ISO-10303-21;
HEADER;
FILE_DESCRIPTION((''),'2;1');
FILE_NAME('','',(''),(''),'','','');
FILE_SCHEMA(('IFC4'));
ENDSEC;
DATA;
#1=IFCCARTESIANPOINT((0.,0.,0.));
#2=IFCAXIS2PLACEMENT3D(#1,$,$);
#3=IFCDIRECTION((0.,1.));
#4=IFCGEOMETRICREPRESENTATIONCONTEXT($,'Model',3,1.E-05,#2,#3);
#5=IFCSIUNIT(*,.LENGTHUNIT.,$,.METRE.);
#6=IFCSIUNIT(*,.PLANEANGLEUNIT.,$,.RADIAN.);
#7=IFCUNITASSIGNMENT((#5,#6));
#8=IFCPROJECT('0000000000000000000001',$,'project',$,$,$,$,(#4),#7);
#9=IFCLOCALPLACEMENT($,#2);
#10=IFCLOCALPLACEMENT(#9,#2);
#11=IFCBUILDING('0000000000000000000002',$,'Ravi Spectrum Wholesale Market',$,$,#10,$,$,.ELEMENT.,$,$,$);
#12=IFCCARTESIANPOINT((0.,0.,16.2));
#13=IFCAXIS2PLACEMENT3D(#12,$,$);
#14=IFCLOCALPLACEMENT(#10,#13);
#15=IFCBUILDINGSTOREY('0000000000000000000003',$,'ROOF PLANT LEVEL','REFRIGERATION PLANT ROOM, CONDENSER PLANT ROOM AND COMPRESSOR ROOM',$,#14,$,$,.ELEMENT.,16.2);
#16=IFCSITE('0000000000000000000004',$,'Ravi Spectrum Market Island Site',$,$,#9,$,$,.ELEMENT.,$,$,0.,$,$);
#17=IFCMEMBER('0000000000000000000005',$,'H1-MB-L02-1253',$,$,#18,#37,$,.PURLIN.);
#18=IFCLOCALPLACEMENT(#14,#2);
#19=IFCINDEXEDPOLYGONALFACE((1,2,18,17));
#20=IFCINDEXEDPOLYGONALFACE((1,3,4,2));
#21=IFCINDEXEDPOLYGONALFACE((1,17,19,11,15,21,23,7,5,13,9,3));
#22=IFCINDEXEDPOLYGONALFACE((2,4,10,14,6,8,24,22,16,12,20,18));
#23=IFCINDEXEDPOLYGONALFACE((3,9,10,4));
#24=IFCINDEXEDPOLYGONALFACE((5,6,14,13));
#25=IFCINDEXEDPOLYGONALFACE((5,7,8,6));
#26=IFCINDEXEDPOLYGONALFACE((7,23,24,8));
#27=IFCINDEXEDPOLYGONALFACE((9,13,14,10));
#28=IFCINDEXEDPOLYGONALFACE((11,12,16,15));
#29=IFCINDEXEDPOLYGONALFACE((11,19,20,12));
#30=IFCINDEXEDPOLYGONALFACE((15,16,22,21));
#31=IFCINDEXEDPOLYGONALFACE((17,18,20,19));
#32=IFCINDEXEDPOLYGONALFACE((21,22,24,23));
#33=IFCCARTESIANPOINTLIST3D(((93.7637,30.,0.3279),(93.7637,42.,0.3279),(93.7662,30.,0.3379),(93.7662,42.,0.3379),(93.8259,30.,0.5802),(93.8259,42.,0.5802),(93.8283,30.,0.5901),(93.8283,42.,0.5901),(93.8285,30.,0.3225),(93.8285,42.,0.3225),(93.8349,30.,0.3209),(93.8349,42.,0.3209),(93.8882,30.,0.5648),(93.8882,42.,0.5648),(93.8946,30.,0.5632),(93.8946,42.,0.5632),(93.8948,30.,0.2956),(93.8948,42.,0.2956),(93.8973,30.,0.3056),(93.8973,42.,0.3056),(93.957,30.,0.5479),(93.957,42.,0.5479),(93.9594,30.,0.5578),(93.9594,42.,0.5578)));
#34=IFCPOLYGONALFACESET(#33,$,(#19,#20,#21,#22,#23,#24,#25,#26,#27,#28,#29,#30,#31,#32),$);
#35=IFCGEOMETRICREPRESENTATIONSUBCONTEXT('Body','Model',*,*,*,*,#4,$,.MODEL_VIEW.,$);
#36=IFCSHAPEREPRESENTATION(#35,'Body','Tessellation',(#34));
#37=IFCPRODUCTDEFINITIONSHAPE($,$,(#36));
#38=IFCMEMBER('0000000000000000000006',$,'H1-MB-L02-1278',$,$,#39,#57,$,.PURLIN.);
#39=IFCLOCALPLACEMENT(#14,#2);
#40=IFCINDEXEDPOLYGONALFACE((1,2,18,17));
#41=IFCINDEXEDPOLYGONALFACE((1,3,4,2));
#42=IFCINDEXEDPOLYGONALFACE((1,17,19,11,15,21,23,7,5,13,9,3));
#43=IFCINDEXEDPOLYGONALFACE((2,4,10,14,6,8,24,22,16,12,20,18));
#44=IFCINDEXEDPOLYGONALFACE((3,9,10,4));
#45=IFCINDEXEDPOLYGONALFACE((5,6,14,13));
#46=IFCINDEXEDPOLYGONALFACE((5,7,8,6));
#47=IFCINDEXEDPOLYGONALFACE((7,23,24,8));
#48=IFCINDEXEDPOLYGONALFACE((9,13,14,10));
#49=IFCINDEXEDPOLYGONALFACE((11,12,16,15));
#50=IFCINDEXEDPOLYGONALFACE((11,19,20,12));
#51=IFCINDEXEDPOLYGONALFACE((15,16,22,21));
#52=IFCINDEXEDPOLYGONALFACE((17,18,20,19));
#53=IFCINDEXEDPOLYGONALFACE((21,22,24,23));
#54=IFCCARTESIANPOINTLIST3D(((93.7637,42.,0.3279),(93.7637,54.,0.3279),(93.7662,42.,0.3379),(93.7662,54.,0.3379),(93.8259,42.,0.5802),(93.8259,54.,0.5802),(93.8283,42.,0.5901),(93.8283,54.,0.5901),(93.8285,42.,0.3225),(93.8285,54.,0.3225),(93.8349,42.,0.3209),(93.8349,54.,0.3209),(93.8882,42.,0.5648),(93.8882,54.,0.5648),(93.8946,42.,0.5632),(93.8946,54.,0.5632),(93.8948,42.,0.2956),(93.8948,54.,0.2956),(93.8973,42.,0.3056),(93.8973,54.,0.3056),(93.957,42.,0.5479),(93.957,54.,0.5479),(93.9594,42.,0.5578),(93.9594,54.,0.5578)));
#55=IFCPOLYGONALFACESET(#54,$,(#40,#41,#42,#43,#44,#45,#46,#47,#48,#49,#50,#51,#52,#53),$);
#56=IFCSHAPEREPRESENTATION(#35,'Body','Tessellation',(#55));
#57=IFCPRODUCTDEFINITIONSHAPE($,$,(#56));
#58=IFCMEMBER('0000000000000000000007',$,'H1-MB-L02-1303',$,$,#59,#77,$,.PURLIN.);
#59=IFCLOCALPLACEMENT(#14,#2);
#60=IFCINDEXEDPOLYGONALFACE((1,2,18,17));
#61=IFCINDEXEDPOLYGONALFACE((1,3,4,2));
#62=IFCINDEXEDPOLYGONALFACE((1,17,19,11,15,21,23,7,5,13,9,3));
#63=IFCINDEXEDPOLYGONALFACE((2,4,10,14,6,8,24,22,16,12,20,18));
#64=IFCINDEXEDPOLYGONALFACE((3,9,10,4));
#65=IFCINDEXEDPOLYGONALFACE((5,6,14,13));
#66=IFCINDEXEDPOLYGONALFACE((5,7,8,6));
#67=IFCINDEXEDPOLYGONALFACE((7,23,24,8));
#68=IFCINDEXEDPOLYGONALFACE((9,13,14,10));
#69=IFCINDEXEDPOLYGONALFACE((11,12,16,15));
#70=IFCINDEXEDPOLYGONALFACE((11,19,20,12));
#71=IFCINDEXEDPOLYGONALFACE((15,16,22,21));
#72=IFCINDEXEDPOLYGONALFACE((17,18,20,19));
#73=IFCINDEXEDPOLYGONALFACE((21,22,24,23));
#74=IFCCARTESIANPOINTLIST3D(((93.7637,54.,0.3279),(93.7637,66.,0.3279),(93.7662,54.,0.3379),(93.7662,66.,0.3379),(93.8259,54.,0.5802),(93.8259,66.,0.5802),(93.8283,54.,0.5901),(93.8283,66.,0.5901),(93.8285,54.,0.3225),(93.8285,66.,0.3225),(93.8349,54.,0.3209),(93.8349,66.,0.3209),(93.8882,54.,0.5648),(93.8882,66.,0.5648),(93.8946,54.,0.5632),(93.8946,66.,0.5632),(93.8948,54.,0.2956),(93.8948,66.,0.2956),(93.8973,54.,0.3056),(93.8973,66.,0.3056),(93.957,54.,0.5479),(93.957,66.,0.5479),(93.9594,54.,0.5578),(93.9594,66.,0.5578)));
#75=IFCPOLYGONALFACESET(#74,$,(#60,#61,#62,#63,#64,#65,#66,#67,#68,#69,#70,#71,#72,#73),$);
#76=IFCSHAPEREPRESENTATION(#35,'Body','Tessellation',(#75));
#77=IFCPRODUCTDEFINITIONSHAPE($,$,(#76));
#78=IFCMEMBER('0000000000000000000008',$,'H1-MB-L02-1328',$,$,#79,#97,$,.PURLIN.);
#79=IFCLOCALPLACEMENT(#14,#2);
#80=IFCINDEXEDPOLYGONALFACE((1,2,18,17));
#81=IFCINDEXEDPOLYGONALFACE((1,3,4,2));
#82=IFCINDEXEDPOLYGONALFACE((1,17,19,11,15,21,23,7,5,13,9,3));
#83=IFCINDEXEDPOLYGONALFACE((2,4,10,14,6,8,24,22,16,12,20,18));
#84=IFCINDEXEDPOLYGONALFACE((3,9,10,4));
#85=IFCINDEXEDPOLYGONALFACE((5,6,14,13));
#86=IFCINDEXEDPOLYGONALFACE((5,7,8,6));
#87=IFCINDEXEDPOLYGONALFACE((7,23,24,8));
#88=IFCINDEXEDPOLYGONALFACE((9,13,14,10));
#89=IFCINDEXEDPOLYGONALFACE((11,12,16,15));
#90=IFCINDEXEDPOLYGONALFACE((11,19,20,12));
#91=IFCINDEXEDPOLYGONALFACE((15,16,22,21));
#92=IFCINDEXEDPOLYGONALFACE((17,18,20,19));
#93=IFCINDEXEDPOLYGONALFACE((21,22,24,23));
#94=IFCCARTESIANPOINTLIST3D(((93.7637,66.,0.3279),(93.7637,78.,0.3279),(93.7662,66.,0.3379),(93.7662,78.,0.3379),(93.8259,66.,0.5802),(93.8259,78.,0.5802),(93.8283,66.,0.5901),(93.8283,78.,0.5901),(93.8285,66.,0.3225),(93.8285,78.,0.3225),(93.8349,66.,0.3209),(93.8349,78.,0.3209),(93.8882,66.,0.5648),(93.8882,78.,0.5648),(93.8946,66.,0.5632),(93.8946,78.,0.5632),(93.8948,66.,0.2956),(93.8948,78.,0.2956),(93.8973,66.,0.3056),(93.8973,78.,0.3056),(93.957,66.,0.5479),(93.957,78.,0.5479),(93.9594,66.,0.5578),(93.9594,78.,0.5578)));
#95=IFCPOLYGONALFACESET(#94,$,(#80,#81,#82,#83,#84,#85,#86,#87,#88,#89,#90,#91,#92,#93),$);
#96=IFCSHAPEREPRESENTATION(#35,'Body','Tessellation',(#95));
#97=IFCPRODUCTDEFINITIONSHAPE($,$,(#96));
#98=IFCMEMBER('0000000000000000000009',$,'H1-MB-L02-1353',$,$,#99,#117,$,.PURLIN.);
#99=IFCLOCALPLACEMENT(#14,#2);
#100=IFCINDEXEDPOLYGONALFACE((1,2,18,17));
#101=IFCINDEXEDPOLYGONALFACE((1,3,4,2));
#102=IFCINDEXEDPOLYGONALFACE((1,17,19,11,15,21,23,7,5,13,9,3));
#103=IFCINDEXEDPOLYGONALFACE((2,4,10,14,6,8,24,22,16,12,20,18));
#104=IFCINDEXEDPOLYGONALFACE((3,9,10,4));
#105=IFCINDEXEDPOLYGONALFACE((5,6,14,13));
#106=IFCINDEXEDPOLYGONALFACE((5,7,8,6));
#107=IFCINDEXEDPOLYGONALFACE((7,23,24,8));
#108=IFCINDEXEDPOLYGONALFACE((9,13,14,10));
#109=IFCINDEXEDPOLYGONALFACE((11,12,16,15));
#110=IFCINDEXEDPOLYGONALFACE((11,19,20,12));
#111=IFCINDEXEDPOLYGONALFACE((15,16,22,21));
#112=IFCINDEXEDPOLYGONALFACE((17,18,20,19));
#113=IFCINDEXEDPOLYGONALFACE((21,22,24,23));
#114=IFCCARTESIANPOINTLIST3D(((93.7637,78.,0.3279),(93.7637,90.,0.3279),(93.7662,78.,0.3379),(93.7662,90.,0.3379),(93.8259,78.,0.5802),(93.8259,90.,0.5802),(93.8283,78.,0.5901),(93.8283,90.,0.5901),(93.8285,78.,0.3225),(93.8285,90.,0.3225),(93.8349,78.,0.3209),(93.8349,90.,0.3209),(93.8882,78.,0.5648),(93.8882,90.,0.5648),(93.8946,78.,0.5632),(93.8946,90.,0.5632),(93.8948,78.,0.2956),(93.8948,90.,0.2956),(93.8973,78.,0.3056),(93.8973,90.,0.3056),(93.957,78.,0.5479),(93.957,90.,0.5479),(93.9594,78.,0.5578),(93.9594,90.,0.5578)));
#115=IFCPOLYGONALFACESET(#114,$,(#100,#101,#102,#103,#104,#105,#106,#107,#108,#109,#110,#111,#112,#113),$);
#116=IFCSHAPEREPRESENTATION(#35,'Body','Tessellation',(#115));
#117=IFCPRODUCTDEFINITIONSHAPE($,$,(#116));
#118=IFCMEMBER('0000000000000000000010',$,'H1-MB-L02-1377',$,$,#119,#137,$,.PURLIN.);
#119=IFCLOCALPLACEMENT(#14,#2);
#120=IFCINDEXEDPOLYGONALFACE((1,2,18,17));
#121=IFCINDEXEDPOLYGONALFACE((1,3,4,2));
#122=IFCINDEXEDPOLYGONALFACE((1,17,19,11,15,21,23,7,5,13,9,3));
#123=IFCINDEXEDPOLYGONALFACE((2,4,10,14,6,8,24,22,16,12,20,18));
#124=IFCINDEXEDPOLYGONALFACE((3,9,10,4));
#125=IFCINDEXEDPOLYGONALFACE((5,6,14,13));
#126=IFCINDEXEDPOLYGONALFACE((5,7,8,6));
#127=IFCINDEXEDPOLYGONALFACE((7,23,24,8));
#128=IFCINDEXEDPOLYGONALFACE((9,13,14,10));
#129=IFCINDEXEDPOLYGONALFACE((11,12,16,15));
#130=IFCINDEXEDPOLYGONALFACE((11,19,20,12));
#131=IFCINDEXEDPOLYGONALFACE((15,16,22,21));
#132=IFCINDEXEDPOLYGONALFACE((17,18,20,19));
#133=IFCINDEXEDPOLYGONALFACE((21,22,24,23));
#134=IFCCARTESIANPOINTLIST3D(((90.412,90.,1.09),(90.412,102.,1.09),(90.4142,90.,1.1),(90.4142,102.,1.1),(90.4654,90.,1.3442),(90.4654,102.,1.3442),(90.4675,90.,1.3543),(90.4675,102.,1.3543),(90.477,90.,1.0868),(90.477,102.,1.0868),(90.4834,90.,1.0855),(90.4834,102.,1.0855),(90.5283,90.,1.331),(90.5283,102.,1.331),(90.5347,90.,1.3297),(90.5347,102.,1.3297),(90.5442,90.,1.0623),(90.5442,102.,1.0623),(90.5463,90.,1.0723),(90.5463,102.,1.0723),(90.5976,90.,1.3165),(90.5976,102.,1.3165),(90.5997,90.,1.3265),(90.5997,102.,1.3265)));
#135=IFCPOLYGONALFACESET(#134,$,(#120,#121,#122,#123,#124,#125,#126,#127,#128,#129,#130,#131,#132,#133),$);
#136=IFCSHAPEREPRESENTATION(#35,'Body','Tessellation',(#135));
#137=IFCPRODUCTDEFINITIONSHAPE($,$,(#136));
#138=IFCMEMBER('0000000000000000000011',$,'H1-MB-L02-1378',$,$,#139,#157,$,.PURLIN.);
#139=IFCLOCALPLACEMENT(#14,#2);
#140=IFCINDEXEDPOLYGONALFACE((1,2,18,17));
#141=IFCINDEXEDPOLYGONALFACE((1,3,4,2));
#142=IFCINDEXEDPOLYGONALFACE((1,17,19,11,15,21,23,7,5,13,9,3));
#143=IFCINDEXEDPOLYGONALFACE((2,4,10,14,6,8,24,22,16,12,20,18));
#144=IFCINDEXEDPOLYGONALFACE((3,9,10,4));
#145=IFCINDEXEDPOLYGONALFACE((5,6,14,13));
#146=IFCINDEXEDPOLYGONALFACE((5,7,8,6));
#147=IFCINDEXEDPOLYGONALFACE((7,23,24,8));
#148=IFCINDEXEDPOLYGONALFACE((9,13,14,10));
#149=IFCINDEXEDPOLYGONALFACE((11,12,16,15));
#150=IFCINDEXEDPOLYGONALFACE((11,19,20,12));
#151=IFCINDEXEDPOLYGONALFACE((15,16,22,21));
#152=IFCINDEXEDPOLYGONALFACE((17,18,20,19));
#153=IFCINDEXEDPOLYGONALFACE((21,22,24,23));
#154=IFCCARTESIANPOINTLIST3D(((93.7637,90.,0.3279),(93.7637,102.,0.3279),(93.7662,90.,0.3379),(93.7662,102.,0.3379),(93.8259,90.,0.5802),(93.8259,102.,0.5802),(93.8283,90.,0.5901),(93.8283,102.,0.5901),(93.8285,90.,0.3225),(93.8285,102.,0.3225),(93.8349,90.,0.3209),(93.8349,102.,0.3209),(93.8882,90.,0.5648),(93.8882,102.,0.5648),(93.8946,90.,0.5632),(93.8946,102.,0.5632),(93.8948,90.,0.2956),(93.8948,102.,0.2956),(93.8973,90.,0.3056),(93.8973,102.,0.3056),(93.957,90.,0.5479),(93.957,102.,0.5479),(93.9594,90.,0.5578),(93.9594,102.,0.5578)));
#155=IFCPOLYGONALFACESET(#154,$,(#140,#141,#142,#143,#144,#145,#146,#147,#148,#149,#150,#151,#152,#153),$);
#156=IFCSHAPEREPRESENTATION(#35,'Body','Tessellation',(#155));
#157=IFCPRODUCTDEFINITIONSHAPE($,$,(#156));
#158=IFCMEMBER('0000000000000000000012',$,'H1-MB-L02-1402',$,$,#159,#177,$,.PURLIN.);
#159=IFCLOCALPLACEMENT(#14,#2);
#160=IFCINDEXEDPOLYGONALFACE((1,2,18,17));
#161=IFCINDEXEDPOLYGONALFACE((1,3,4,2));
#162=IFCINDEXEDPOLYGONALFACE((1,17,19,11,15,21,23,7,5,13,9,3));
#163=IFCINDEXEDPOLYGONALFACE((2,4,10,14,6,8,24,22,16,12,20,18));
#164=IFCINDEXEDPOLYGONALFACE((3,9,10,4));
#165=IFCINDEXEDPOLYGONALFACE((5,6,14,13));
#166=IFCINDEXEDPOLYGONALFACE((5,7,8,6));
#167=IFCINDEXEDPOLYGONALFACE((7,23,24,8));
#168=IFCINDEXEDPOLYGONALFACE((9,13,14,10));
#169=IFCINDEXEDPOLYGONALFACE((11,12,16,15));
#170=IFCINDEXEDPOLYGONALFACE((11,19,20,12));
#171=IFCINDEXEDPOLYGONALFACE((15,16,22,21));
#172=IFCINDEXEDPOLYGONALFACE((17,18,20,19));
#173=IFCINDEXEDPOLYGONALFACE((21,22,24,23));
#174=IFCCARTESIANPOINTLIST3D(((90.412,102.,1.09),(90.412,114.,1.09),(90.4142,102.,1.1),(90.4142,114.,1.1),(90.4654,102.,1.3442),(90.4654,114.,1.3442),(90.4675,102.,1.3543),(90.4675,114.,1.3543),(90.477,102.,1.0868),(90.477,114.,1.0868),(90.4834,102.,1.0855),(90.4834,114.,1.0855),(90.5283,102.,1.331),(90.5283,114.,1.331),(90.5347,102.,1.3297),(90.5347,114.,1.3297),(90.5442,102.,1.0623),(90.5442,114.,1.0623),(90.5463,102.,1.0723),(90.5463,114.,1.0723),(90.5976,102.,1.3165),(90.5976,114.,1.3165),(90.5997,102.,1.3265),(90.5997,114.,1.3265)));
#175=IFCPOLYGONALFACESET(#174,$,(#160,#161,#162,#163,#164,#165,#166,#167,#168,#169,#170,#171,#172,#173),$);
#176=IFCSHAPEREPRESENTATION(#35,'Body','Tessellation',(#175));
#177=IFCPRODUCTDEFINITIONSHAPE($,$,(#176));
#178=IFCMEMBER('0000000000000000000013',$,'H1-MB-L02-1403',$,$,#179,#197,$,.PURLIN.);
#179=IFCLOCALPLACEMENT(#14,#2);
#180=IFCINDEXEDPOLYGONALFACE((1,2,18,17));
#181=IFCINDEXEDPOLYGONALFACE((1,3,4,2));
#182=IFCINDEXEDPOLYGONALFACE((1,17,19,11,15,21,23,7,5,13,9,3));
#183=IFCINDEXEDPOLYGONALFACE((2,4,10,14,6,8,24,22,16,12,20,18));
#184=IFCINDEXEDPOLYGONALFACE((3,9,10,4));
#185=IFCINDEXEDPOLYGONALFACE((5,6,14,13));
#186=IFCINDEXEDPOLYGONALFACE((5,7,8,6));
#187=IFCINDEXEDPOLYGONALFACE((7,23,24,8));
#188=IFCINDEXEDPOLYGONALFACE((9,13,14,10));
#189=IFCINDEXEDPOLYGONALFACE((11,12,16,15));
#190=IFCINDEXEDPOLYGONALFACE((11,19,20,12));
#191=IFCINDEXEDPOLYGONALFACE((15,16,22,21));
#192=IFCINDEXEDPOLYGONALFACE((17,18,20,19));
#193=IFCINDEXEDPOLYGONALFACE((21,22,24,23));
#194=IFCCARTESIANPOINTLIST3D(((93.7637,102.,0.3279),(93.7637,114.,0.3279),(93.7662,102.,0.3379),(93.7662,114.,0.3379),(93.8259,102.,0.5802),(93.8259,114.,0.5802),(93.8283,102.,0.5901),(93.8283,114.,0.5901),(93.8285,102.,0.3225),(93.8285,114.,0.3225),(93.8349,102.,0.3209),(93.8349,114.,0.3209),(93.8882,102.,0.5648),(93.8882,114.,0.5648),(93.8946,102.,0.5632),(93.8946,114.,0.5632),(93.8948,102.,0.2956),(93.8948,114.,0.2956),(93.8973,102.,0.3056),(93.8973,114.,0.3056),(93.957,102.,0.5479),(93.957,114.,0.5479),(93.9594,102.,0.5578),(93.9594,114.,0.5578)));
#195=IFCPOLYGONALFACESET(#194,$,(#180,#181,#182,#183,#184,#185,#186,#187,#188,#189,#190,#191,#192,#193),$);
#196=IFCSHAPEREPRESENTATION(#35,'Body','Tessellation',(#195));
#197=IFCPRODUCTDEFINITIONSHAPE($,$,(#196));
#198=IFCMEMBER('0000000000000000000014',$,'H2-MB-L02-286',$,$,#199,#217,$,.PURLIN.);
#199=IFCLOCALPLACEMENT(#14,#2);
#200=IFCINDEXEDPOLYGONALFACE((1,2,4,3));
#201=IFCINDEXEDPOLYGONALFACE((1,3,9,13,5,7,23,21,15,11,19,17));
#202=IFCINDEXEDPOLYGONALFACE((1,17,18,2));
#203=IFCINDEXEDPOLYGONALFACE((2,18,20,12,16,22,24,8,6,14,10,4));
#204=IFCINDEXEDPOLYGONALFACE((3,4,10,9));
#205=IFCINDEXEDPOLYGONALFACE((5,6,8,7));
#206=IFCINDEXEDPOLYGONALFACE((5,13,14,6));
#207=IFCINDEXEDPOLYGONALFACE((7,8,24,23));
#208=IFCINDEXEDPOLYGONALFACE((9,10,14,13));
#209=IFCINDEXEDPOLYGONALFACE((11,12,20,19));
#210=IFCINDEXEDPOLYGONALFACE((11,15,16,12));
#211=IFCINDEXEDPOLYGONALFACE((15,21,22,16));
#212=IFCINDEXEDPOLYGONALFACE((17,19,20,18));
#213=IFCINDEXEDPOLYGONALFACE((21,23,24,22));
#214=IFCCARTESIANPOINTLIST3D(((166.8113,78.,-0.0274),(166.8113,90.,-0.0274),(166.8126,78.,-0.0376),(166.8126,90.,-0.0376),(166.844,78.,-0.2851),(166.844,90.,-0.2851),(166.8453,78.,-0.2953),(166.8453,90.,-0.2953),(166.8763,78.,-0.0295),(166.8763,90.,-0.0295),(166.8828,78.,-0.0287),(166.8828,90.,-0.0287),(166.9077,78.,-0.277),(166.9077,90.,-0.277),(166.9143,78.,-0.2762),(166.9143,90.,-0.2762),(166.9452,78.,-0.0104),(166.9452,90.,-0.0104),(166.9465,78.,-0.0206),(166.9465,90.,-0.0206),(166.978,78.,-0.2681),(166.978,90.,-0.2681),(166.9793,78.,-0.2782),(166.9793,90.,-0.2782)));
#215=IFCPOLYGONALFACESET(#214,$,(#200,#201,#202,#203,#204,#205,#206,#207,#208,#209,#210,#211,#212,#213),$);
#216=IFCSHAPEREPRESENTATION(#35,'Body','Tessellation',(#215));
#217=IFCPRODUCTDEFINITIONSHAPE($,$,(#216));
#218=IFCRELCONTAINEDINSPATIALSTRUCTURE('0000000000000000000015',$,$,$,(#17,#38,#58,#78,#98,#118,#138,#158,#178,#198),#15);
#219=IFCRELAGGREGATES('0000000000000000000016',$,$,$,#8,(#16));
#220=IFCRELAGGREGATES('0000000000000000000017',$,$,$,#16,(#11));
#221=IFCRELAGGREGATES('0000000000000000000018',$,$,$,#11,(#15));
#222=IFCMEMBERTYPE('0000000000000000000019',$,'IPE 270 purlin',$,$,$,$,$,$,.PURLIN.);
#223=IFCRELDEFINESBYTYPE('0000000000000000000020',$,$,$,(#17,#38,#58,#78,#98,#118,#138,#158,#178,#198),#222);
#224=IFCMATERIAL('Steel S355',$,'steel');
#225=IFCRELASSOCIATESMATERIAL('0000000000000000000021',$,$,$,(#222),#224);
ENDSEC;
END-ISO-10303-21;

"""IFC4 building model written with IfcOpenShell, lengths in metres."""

from ifc_helpers import new_model, si_unit, direction, frame, origin, origin_2d, place, context, subcontext, project, spatial, i_section, extrude, material, material_profile, profile_set, type_object, element, save


model = new_model("IFC4")

# Units and contexts
model_context = context("Model", 3, precision=1e-05, world=origin(), true_north=direction((0.0, 1.0)))
body_context = subcontext(model_context, "Body", "Model", "MODEL_VIEW")
ifc_project = project(units=[si_unit("LENGTHUNIT", "METRE"), si_unit("PLANEANGLEUNIT", "RADIAN")], contexts=[model_context])

# Site, building, storey
site_placement = place(None, origin())
site = spatial("IfcSite", under=ifc_project, at=site_placement, Name="Ravi Spectrum Market Island Site", CompositionType="ELEMENT", RefElevation=0.0)
building_placement = place(site_placement, origin())
building = spatial("IfcBuilding", under=site, at=building_placement, Name="Ravi Spectrum Wholesale Market", CompositionType="ELEMENT")
storey_placement = place(building_placement, frame((0.0, 0.0, 16.2)))
storey = spatial("IfcBuildingStorey", under=building, at=storey_placement, Name="ROOF PLANT LEVEL", Description="REFRIGERATION PLANT ROOM, CONDENSER PLANT ROOM AND COMPRESSOR ROOM", CompositionType="ELEMENT", Elevation=16.2)

# Members
ifc_material_1 = material(Name="Steel S355", Category="steel")
ifc_material_profile_1 = material_profile(ifc_material_1, i_section(OverallWidth=0.135, OverallDepth=0.27, WebThickness=0.0066, FlangeThickness=0.0103, at=origin_2d()))
ifc_profile_set_1 = profile_set([ifc_material_profile_1], Name="Steel S355")
member_type = type_object("IfcMemberType", Name="IPE 270 purlin", PredefinedType="PURLIN", material=ifc_profile_set_1)
for number, where, z_axis, x_axis, name in (
    (1, (93.8616, 30.0, 0.4429), (0.0, 1.0, 0.0), (-0.970983, 0.0, 0.239151), "H1-MB-L02-1253"),
    (2, (93.8616, 42.0, 0.4429), (0.0, 1.0, 0.0), (-0.970983, 0.0, 0.239151), "H1-MB-L02-1278"),
    (3, (93.8616, 54.0, 0.4429), (0.0, 1.0, 0.0), (-0.970983, 0.0, 0.239151), "H1-MB-L02-1303"),
    (4, (93.8616, 66.0, 0.4429), (0.0, 1.0, 0.0), (-0.970983, 0.0, 0.239151), "H1-MB-L02-1328"),
    (5, (93.8616, 78.0, 0.4429), (0.0, 1.0, 0.0), (-0.970983, 0.0, 0.239151), "H1-MB-L02-1353"),
    (6, (90.5059, 90.0, 1.2083), (0.0, 1.0, 0.0), (-0.978653, 0.0, 0.205517), "H1-MB-L02-1377"),
    (7, (93.8616, 90.0, 0.4429), (0.0, 1.0, 0.0), (-0.970983, 0.0, 0.239151), "H1-MB-L02-1378"),
    (8, (90.5059, 102.0, 1.2083), (0.0, 1.0, 0.0), (-0.978653, 0.0, 0.205517), "H1-MB-L02-1402"),
    (9, (93.8616, 102.0, 0.4429), (0.0, 1.0, 0.0), (-0.970983, 0.0, 0.239151), "H1-MB-L02-1403"),
    (10, (166.8953, 78.0, -0.1528), (0.0, 1.0, 0.0), (-0.992014, 0.0, -0.126129), "H2-MB-L02-286"),
):
    element("IfcMember", number, at=place(storey_placement, frame(where, z_axis=z_axis, x_axis=x_axis)), inside=storey, type_object=member_type, Name=name, PredefinedType="PURLIN", context=body_context, shape_type="SweptSolid", body=[
        extrude(i_section(OverallWidth=0.135, OverallDepth=0.27, WebThickness=0.0066, FlangeThickness=0.0103, at=origin_2d()), origin(), (0.0, 0.0, 1.0), 12.0),
    ])

save(model, "model.ifc")
